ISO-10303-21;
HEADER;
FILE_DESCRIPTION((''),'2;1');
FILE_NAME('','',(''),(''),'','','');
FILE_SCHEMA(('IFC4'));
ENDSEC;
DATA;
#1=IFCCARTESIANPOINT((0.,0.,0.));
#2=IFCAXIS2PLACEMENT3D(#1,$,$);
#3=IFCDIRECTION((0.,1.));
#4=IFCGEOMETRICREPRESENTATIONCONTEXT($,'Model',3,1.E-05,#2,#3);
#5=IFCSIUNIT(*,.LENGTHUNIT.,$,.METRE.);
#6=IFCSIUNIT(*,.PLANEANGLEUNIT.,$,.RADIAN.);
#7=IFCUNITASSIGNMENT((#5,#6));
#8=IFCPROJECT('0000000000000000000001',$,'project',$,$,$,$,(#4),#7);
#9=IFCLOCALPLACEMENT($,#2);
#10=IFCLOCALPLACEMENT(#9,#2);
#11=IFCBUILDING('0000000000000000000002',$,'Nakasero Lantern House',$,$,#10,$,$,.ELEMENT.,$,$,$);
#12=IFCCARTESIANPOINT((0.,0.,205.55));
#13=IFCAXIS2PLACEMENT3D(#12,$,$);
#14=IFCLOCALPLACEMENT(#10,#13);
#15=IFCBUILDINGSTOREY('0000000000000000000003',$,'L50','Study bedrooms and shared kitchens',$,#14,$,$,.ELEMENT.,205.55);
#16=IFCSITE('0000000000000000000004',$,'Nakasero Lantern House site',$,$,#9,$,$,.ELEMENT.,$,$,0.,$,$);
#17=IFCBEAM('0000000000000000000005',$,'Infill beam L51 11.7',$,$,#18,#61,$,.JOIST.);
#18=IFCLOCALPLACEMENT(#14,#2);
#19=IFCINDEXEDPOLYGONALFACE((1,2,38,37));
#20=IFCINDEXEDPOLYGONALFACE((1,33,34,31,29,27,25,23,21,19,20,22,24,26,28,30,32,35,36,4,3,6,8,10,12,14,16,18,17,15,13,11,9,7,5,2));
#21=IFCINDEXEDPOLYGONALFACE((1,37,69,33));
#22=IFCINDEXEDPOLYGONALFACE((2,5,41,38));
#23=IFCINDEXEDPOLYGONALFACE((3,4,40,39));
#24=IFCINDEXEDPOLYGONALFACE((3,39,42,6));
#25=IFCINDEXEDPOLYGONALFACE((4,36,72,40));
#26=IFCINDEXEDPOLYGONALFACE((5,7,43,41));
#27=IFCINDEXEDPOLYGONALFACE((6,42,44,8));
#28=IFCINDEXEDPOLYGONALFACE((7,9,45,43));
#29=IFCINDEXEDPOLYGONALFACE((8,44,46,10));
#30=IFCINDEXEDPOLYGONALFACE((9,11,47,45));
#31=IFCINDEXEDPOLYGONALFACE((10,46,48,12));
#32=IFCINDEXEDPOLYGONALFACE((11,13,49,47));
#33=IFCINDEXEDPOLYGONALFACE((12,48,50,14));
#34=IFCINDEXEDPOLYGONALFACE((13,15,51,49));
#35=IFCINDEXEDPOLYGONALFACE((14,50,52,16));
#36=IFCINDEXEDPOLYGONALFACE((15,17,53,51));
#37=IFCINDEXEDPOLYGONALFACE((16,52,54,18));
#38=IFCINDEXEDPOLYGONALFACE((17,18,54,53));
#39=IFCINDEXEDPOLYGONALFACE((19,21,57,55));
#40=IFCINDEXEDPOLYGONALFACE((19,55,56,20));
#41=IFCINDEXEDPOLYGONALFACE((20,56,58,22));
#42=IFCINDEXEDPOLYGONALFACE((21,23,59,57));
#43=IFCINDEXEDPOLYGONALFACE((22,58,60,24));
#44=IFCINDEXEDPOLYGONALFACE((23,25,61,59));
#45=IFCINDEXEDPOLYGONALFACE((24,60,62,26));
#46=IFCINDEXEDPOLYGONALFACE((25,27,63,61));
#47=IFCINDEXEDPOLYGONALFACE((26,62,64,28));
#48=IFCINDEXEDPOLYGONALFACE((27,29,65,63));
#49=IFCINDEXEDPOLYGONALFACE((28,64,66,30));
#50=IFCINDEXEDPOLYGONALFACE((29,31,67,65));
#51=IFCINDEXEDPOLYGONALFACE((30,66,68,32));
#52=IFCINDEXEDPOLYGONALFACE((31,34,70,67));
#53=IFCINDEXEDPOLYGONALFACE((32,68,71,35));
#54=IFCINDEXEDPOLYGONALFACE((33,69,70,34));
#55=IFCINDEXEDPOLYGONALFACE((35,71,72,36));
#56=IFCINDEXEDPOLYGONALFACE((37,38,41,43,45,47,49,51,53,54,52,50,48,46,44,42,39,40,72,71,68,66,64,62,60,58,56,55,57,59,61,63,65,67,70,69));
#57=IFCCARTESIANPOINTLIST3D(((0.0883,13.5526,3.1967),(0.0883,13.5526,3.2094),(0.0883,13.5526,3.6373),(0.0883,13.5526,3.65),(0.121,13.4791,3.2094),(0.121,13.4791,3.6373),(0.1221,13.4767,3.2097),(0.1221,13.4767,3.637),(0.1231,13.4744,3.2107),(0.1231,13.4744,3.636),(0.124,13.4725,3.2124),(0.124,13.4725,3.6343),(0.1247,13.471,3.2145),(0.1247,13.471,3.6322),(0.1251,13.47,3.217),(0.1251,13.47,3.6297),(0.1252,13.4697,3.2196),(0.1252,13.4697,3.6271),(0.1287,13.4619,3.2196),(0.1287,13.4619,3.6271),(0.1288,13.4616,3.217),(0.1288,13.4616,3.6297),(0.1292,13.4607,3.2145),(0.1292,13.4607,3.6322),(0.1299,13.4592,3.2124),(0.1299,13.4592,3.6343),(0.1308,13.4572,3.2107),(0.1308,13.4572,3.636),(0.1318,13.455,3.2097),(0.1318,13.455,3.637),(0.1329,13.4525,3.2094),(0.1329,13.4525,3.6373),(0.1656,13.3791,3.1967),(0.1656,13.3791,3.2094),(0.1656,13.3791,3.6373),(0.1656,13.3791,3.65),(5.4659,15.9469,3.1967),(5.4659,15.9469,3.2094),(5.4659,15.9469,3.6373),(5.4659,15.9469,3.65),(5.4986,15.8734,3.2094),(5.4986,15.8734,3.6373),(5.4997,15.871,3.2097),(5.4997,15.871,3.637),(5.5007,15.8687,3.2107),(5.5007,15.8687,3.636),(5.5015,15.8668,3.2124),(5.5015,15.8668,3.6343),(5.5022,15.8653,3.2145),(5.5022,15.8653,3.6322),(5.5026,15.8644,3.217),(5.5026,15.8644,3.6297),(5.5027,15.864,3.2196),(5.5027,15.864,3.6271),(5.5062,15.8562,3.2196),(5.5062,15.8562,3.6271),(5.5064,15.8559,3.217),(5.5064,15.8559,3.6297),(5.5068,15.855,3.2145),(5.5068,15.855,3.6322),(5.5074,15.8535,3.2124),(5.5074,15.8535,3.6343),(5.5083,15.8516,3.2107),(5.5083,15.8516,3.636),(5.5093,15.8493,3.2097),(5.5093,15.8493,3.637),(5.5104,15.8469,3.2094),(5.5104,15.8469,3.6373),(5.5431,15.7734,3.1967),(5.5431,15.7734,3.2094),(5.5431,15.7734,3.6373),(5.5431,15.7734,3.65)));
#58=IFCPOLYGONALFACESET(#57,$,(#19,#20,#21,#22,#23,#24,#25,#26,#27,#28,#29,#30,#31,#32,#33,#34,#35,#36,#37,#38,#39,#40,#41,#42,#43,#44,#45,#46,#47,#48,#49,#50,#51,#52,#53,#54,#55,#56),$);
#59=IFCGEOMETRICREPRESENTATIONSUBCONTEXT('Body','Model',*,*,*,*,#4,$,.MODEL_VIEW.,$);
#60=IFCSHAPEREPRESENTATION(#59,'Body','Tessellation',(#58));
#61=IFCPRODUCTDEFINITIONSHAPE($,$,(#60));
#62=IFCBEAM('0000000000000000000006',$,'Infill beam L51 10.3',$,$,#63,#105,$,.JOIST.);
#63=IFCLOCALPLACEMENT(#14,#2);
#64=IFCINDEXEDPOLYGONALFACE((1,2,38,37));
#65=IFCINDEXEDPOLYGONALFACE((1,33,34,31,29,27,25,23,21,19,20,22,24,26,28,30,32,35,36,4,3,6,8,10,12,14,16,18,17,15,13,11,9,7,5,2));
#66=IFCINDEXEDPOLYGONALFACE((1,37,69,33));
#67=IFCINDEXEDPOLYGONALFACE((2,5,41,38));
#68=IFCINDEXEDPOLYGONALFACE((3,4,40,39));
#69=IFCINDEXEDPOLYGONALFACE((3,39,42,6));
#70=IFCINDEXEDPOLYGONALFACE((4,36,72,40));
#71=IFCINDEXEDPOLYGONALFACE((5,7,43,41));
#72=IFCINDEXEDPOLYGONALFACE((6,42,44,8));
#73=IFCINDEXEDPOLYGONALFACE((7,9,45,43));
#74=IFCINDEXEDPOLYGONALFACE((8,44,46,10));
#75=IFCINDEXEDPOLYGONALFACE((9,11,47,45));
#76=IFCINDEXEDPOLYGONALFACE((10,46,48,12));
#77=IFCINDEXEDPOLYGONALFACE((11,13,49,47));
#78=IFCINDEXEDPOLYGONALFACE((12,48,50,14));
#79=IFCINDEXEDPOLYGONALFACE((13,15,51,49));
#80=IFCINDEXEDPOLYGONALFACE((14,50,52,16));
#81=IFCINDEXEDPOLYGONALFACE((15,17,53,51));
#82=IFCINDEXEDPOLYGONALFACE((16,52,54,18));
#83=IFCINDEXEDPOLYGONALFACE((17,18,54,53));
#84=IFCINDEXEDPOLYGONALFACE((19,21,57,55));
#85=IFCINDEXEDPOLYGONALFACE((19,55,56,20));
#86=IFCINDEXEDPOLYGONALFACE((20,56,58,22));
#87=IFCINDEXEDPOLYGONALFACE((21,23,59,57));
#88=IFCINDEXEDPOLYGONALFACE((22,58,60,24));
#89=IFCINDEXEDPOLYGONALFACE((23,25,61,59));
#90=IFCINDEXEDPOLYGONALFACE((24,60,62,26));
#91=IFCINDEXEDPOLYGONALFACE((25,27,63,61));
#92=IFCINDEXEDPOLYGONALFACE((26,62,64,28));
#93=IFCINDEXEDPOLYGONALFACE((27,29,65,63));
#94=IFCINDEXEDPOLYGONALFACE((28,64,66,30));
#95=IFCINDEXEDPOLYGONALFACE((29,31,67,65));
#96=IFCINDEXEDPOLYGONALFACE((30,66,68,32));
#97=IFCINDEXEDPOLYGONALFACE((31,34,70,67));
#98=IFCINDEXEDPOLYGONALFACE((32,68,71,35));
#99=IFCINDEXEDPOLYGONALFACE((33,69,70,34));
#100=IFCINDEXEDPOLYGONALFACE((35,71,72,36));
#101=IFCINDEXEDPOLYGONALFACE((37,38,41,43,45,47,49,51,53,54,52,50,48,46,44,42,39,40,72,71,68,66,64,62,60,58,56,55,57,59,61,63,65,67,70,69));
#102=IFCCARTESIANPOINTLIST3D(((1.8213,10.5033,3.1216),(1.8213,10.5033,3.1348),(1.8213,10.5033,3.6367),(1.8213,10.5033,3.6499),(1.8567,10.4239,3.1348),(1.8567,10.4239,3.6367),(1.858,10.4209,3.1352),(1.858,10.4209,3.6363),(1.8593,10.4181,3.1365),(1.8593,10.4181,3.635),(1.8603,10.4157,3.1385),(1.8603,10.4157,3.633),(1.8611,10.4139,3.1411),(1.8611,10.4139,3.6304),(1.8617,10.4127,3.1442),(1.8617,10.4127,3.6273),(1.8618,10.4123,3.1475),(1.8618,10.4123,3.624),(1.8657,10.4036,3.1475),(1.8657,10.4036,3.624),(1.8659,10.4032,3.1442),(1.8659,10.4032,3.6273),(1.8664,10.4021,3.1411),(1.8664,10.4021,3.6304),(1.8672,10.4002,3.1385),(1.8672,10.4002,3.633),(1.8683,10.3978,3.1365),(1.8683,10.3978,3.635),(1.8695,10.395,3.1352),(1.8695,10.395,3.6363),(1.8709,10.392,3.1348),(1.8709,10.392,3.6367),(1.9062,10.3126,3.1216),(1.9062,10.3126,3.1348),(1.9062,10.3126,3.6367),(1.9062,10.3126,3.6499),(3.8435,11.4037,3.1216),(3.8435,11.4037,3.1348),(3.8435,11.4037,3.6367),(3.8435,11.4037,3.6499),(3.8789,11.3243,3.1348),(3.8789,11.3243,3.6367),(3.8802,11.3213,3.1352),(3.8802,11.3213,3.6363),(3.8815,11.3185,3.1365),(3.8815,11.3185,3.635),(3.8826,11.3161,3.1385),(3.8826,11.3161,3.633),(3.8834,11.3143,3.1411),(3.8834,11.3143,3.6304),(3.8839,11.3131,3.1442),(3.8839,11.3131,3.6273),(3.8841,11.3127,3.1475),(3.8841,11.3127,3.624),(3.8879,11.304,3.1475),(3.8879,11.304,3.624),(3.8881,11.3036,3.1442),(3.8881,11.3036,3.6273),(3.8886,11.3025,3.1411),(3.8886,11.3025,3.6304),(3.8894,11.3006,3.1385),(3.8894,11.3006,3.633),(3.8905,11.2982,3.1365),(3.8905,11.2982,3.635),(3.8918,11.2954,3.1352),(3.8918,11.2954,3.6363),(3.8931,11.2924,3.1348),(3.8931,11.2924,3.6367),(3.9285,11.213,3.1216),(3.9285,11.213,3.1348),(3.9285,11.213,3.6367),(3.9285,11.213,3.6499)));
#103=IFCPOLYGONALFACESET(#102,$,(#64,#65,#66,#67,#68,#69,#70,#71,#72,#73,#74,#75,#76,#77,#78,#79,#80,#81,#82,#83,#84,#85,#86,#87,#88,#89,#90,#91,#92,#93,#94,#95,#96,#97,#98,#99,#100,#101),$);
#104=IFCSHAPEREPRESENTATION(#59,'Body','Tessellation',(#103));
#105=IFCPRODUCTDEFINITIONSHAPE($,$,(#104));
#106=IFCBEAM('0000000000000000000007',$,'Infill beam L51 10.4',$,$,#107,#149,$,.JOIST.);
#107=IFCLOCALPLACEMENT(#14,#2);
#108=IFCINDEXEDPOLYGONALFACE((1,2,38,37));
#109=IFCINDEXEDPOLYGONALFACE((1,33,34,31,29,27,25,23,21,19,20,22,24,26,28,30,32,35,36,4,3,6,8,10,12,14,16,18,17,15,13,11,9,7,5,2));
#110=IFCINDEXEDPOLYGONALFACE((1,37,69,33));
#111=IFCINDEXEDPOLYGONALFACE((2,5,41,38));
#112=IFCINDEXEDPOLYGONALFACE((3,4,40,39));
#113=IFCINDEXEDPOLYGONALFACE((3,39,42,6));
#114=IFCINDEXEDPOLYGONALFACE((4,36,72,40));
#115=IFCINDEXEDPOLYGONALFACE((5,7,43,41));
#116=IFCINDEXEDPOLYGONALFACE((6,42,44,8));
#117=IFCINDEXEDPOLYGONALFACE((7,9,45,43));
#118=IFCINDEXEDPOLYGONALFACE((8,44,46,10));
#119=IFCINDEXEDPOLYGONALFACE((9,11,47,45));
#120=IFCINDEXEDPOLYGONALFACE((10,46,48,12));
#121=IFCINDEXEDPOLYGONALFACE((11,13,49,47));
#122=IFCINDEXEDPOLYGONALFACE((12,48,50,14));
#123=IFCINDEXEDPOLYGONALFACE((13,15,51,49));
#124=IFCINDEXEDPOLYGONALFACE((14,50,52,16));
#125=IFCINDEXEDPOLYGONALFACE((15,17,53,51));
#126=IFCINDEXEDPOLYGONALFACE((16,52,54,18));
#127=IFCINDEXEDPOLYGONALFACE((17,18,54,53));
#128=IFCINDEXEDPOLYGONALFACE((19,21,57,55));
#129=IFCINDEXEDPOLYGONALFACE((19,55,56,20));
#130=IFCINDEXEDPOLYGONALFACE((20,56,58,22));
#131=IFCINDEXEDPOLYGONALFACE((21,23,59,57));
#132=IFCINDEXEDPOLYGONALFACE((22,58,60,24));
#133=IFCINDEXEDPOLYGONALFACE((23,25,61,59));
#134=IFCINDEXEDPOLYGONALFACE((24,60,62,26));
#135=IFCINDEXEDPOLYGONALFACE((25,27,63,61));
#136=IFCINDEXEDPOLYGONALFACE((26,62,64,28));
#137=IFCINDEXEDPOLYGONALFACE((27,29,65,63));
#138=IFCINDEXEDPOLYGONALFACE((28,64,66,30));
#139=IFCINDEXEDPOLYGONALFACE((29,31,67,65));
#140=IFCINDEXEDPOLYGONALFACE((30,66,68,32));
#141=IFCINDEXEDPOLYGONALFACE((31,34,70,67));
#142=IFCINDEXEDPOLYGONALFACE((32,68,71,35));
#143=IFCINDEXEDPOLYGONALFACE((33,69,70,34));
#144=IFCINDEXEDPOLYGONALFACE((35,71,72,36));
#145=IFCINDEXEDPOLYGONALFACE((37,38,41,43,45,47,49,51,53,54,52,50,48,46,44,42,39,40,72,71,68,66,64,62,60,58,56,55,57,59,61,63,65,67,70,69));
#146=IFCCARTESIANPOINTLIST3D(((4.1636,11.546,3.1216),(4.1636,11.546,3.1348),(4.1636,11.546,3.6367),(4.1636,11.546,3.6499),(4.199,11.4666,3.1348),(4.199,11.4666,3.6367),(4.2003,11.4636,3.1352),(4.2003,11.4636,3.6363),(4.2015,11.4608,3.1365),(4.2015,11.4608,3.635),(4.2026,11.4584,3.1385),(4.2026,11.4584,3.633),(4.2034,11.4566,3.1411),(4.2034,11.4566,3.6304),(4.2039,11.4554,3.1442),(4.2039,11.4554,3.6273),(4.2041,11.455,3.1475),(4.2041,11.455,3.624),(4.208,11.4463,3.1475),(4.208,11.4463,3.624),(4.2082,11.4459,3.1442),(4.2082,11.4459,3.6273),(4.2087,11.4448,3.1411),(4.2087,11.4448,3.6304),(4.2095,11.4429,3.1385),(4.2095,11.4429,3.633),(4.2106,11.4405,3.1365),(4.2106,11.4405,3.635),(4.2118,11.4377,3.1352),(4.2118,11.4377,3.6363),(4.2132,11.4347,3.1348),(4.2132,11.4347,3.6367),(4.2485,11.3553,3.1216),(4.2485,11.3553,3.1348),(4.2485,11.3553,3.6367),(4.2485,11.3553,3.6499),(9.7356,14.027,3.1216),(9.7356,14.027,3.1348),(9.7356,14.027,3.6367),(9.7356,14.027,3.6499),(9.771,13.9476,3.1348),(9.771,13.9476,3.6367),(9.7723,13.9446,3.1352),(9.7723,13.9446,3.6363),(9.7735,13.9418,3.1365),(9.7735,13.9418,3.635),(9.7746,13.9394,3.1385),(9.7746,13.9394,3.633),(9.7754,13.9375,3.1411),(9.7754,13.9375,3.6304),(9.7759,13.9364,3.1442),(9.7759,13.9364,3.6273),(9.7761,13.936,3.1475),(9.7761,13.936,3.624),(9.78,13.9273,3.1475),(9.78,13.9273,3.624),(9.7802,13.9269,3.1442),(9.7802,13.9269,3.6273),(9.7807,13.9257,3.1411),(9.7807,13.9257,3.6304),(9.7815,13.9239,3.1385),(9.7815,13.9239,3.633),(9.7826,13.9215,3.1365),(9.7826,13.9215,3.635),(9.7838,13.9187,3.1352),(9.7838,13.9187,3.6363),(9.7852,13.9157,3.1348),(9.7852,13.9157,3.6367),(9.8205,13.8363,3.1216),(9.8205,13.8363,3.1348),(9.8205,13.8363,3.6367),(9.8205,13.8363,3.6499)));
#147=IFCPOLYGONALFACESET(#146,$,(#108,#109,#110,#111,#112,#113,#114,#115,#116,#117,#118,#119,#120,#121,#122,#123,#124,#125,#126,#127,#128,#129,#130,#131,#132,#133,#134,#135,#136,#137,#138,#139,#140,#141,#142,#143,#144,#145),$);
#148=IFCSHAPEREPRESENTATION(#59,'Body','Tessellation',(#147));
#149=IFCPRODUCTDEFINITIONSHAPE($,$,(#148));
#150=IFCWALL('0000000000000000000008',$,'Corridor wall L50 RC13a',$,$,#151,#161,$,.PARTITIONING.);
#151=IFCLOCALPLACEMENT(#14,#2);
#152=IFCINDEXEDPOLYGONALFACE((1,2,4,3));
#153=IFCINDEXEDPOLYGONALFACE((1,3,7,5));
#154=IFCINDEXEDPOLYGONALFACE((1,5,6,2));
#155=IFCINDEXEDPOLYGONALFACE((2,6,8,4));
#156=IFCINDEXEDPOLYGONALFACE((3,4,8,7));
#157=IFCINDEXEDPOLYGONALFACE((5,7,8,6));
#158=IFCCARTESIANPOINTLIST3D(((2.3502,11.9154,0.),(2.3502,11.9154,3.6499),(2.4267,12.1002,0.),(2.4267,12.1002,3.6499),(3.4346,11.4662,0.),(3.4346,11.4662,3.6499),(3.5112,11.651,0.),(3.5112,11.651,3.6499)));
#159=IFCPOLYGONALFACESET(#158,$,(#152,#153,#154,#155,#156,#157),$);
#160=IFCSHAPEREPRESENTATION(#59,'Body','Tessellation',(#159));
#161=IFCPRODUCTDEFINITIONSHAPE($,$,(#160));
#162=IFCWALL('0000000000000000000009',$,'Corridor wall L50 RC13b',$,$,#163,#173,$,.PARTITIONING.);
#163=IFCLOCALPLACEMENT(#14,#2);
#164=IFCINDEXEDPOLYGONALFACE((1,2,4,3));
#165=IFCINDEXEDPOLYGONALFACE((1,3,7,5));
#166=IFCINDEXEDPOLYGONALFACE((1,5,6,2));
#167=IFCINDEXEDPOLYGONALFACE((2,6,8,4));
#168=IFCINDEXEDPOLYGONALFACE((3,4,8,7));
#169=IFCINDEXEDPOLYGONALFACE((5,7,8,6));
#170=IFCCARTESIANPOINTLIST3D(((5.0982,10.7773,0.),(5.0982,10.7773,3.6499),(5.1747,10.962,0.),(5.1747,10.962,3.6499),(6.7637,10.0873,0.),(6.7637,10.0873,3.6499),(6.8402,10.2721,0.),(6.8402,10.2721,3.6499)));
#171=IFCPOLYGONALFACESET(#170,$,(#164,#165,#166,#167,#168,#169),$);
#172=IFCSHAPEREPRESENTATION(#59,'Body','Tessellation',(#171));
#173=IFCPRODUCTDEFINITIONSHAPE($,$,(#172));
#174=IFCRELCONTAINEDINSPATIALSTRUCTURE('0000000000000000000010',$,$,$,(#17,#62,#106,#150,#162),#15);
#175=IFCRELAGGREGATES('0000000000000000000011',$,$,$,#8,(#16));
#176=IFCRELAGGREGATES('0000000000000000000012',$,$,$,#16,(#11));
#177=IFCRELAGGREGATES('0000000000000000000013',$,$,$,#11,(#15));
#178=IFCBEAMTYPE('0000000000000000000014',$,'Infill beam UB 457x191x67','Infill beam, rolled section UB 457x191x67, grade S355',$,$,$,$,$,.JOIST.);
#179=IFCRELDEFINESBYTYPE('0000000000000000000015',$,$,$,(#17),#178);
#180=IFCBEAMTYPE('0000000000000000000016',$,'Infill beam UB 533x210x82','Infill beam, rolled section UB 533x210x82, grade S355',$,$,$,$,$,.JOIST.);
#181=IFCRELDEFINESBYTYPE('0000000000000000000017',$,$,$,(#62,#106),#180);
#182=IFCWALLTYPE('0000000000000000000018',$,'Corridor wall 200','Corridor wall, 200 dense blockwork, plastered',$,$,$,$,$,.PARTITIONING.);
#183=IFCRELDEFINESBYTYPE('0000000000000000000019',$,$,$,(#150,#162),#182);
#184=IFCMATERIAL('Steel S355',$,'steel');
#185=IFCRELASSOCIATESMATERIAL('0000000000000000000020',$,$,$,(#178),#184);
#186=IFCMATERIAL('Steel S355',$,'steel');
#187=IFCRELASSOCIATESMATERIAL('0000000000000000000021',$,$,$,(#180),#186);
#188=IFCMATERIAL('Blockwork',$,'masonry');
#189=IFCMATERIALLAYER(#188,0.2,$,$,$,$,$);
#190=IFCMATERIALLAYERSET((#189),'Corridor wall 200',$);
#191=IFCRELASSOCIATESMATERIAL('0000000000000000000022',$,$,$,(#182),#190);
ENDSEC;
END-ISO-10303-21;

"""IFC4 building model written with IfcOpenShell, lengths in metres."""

from ifc_helpers import new_model, si_unit, direction, frame, frame_2d, origin, origin_2d, place, context, subcontext, project, spatial, rectangle, i_section, extrude, material, layer, layer_set, material_profile, profile_set, type_object, element, save


model = new_model("IFC4")

# Units and contexts
model_context = context("Model", 3, precision=1e-05, world=origin(), true_north=direction((0.0, 1.0)))
body_context = subcontext(model_context, "Body", "Model", "MODEL_VIEW")
ifc_project = project(units=[si_unit("LENGTHUNIT", "METRE"), si_unit("PLANEANGLEUNIT", "RADIAN")], contexts=[model_context])

# Site, building, storey
site_placement = place(None, origin())
site = spatial("IfcSite", under=ifc_project, at=site_placement, Name="Nakasero Lantern House site", CompositionType="ELEMENT", RefElevation=0.0)
building_placement = place(site_placement, origin())
building = spatial("IfcBuilding", under=site, at=building_placement, Name="Nakasero Lantern House", CompositionType="ELEMENT")
storey_placement = place(building_placement, frame((0.0, 0.0, 205.55)))
storey = spatial("IfcBuildingStorey", under=building, at=storey_placement, Name="L50", Description="Study bedrooms and shared kitchens", CompositionType="ELEMENT", Elevation=205.55)

# Beams
ifc_material_1 = material(Name="Steel S355", Category="steel")
ifc_material_profile_1 = material_profile(ifc_material_1, i_section(OverallWidth=0.1899, OverallDepth=0.4534, WebThickness=0.0085, FlangeThickness=0.0127, FilletRadius=0.0103, at=origin_2d()), Name="UB 457x191x67")
ifc_profile_set_1 = profile_set([ifc_material_profile_1], Name="Steel S355")
beam_type_1 = type_object("IfcBeamType", Name="Infill beam UB 457x191x67", Description="Infill beam, rolled section UB 457x191x67, grade S355", PredefinedType="JOIST", material=ifc_profile_set_1)
beam_1_placement = place(storey_placement, frame((0.127, 13.4658, 3.4233), z_axis=(0.913539, 0.40675, 0.0), x_axis=(-0.40675, 0.913539, 0.0)))
element("IfcBeam", 1, at=beam_1_placement, inside=storey, type_object=beam_type_1, Name="Infill beam L51 11.7", PredefinedType="JOIST", context=body_context, shape_type="SweptSolid", body=[
    extrude(i_section(OverallWidth=0.1899, OverallDepth=0.4534, WebThickness=0.0085, FlangeThickness=0.0127, FilletRadius=0.0103, at=origin_2d()), origin(), (0.0, 0.0, 1.0), 5.8865),
])
ifc_material_2 = material(Name="Steel S355", Category="steel")
ifc_material_profile_2 = material_profile(ifc_material_2, i_section(OverallWidth=0.2087, OverallDepth=0.5283, WebThickness=0.0095, FlangeThickness=0.0132, FilletRadius=0.0127, at=origin_2d()), Name="UB 533x210x82")
ifc_profile_set_2 = profile_set([ifc_material_profile_2], Name="Steel S355")
beam_type_2 = type_object("IfcBeamType", Name="Infill beam UB 533x210x82", Description="Infill beam, rolled section UB 533x210x82, grade S355", PredefinedType="JOIST", material=ifc_profile_set_2)
beam_2_placement = place(storey_placement, frame((1.8638, 10.408, 3.3857), z_axis=(0.913538, 0.406752, 0.0), x_axis=(-0.406752, 0.913538, 0.0)))
element("IfcBeam", 2, at=beam_2_placement, inside=storey, type_object=beam_type_2, Name="Infill beam L51 10.3", PredefinedType="JOIST", context=body_context, shape_type="SweptSolid", body=[
    extrude(i_section(OverallWidth=0.2087, OverallDepth=0.5283, WebThickness=0.0095, FlangeThickness=0.0132, FilletRadius=0.0127, at=origin_2d()), origin(), (0.0, 0.0, 1.0), 2.2136),
])
beam_3_placement = place(storey_placement, frame((4.2061, 11.4507, 3.3857), z_axis=(0.913537, 0.406755, 0.0), x_axis=(-0.406755, 0.913537, 0.0)))
element("IfcBeam", 3, at=beam_3_placement, inside=storey, type_object=beam_type_2, Name="Infill beam L51 10.4", PredefinedType="JOIST", context=body_context, shape_type="SweptSolid", body=[
    extrude(i_section(OverallWidth=0.2087, OverallDepth=0.5283, WebThickness=0.0095, FlangeThickness=0.0132, FilletRadius=0.0127, at=origin_2d()), origin(), (0.0, 0.0, 1.0), 6.0994),
])

# Walls
ifc_material_3 = material(Name="Blockwork", Category="masonry")
ifc_layer_1 = layer(ifc_material_3, 0.2)
ifc_layer_set_1 = layer_set([ifc_layer_1], Name="Corridor wall 200")
wall_type_1 = type_object("IfcWallType", Name="Corridor wall 200", Description="Corridor wall, 200 dense blockwork, plastered", PredefinedType="PARTITIONING", material=ifc_layer_set_1)
wall_1_placement = place(storey_placement, frame((2.3884, 12.0078, 0.0), z_axis=(0.0, 0.0, 1.0), x_axis=(0.923875, -0.382695, 0.0)))
element("IfcWall", 4, at=wall_1_placement, inside=storey, type_object=wall_type_1, Name="Corridor wall L50 RC13a", PredefinedType="PARTITIONING", context=body_context, shape_type="SweptSolid", body=[
    extrude(rectangle(XDim=1.1738, YDim=0.2, at=frame_2d((0.5869, 0.0))), origin(), (0.0, 0.0, 1.0), 3.6499),
])
wall_2_placement = place(storey_placement, frame((5.1365, 10.8696, 0.0), z_axis=(0.0, 0.0, 1.0), x_axis=(0.923868, -0.382711, 0.0)))
element("IfcWall", 5, at=wall_2_placement, inside=storey, type_object=wall_type_1, Name="Corridor wall L50 RC13b", PredefinedType="PARTITIONING", context=body_context, shape_type="SweptSolid", body=[
    extrude(rectangle(XDim=1.8027, YDim=0.2, at=frame_2d((0.9014, 0.0))), origin(), (0.0, 0.0, 1.0), 3.6499),
])

save(model, "model.ifc")
